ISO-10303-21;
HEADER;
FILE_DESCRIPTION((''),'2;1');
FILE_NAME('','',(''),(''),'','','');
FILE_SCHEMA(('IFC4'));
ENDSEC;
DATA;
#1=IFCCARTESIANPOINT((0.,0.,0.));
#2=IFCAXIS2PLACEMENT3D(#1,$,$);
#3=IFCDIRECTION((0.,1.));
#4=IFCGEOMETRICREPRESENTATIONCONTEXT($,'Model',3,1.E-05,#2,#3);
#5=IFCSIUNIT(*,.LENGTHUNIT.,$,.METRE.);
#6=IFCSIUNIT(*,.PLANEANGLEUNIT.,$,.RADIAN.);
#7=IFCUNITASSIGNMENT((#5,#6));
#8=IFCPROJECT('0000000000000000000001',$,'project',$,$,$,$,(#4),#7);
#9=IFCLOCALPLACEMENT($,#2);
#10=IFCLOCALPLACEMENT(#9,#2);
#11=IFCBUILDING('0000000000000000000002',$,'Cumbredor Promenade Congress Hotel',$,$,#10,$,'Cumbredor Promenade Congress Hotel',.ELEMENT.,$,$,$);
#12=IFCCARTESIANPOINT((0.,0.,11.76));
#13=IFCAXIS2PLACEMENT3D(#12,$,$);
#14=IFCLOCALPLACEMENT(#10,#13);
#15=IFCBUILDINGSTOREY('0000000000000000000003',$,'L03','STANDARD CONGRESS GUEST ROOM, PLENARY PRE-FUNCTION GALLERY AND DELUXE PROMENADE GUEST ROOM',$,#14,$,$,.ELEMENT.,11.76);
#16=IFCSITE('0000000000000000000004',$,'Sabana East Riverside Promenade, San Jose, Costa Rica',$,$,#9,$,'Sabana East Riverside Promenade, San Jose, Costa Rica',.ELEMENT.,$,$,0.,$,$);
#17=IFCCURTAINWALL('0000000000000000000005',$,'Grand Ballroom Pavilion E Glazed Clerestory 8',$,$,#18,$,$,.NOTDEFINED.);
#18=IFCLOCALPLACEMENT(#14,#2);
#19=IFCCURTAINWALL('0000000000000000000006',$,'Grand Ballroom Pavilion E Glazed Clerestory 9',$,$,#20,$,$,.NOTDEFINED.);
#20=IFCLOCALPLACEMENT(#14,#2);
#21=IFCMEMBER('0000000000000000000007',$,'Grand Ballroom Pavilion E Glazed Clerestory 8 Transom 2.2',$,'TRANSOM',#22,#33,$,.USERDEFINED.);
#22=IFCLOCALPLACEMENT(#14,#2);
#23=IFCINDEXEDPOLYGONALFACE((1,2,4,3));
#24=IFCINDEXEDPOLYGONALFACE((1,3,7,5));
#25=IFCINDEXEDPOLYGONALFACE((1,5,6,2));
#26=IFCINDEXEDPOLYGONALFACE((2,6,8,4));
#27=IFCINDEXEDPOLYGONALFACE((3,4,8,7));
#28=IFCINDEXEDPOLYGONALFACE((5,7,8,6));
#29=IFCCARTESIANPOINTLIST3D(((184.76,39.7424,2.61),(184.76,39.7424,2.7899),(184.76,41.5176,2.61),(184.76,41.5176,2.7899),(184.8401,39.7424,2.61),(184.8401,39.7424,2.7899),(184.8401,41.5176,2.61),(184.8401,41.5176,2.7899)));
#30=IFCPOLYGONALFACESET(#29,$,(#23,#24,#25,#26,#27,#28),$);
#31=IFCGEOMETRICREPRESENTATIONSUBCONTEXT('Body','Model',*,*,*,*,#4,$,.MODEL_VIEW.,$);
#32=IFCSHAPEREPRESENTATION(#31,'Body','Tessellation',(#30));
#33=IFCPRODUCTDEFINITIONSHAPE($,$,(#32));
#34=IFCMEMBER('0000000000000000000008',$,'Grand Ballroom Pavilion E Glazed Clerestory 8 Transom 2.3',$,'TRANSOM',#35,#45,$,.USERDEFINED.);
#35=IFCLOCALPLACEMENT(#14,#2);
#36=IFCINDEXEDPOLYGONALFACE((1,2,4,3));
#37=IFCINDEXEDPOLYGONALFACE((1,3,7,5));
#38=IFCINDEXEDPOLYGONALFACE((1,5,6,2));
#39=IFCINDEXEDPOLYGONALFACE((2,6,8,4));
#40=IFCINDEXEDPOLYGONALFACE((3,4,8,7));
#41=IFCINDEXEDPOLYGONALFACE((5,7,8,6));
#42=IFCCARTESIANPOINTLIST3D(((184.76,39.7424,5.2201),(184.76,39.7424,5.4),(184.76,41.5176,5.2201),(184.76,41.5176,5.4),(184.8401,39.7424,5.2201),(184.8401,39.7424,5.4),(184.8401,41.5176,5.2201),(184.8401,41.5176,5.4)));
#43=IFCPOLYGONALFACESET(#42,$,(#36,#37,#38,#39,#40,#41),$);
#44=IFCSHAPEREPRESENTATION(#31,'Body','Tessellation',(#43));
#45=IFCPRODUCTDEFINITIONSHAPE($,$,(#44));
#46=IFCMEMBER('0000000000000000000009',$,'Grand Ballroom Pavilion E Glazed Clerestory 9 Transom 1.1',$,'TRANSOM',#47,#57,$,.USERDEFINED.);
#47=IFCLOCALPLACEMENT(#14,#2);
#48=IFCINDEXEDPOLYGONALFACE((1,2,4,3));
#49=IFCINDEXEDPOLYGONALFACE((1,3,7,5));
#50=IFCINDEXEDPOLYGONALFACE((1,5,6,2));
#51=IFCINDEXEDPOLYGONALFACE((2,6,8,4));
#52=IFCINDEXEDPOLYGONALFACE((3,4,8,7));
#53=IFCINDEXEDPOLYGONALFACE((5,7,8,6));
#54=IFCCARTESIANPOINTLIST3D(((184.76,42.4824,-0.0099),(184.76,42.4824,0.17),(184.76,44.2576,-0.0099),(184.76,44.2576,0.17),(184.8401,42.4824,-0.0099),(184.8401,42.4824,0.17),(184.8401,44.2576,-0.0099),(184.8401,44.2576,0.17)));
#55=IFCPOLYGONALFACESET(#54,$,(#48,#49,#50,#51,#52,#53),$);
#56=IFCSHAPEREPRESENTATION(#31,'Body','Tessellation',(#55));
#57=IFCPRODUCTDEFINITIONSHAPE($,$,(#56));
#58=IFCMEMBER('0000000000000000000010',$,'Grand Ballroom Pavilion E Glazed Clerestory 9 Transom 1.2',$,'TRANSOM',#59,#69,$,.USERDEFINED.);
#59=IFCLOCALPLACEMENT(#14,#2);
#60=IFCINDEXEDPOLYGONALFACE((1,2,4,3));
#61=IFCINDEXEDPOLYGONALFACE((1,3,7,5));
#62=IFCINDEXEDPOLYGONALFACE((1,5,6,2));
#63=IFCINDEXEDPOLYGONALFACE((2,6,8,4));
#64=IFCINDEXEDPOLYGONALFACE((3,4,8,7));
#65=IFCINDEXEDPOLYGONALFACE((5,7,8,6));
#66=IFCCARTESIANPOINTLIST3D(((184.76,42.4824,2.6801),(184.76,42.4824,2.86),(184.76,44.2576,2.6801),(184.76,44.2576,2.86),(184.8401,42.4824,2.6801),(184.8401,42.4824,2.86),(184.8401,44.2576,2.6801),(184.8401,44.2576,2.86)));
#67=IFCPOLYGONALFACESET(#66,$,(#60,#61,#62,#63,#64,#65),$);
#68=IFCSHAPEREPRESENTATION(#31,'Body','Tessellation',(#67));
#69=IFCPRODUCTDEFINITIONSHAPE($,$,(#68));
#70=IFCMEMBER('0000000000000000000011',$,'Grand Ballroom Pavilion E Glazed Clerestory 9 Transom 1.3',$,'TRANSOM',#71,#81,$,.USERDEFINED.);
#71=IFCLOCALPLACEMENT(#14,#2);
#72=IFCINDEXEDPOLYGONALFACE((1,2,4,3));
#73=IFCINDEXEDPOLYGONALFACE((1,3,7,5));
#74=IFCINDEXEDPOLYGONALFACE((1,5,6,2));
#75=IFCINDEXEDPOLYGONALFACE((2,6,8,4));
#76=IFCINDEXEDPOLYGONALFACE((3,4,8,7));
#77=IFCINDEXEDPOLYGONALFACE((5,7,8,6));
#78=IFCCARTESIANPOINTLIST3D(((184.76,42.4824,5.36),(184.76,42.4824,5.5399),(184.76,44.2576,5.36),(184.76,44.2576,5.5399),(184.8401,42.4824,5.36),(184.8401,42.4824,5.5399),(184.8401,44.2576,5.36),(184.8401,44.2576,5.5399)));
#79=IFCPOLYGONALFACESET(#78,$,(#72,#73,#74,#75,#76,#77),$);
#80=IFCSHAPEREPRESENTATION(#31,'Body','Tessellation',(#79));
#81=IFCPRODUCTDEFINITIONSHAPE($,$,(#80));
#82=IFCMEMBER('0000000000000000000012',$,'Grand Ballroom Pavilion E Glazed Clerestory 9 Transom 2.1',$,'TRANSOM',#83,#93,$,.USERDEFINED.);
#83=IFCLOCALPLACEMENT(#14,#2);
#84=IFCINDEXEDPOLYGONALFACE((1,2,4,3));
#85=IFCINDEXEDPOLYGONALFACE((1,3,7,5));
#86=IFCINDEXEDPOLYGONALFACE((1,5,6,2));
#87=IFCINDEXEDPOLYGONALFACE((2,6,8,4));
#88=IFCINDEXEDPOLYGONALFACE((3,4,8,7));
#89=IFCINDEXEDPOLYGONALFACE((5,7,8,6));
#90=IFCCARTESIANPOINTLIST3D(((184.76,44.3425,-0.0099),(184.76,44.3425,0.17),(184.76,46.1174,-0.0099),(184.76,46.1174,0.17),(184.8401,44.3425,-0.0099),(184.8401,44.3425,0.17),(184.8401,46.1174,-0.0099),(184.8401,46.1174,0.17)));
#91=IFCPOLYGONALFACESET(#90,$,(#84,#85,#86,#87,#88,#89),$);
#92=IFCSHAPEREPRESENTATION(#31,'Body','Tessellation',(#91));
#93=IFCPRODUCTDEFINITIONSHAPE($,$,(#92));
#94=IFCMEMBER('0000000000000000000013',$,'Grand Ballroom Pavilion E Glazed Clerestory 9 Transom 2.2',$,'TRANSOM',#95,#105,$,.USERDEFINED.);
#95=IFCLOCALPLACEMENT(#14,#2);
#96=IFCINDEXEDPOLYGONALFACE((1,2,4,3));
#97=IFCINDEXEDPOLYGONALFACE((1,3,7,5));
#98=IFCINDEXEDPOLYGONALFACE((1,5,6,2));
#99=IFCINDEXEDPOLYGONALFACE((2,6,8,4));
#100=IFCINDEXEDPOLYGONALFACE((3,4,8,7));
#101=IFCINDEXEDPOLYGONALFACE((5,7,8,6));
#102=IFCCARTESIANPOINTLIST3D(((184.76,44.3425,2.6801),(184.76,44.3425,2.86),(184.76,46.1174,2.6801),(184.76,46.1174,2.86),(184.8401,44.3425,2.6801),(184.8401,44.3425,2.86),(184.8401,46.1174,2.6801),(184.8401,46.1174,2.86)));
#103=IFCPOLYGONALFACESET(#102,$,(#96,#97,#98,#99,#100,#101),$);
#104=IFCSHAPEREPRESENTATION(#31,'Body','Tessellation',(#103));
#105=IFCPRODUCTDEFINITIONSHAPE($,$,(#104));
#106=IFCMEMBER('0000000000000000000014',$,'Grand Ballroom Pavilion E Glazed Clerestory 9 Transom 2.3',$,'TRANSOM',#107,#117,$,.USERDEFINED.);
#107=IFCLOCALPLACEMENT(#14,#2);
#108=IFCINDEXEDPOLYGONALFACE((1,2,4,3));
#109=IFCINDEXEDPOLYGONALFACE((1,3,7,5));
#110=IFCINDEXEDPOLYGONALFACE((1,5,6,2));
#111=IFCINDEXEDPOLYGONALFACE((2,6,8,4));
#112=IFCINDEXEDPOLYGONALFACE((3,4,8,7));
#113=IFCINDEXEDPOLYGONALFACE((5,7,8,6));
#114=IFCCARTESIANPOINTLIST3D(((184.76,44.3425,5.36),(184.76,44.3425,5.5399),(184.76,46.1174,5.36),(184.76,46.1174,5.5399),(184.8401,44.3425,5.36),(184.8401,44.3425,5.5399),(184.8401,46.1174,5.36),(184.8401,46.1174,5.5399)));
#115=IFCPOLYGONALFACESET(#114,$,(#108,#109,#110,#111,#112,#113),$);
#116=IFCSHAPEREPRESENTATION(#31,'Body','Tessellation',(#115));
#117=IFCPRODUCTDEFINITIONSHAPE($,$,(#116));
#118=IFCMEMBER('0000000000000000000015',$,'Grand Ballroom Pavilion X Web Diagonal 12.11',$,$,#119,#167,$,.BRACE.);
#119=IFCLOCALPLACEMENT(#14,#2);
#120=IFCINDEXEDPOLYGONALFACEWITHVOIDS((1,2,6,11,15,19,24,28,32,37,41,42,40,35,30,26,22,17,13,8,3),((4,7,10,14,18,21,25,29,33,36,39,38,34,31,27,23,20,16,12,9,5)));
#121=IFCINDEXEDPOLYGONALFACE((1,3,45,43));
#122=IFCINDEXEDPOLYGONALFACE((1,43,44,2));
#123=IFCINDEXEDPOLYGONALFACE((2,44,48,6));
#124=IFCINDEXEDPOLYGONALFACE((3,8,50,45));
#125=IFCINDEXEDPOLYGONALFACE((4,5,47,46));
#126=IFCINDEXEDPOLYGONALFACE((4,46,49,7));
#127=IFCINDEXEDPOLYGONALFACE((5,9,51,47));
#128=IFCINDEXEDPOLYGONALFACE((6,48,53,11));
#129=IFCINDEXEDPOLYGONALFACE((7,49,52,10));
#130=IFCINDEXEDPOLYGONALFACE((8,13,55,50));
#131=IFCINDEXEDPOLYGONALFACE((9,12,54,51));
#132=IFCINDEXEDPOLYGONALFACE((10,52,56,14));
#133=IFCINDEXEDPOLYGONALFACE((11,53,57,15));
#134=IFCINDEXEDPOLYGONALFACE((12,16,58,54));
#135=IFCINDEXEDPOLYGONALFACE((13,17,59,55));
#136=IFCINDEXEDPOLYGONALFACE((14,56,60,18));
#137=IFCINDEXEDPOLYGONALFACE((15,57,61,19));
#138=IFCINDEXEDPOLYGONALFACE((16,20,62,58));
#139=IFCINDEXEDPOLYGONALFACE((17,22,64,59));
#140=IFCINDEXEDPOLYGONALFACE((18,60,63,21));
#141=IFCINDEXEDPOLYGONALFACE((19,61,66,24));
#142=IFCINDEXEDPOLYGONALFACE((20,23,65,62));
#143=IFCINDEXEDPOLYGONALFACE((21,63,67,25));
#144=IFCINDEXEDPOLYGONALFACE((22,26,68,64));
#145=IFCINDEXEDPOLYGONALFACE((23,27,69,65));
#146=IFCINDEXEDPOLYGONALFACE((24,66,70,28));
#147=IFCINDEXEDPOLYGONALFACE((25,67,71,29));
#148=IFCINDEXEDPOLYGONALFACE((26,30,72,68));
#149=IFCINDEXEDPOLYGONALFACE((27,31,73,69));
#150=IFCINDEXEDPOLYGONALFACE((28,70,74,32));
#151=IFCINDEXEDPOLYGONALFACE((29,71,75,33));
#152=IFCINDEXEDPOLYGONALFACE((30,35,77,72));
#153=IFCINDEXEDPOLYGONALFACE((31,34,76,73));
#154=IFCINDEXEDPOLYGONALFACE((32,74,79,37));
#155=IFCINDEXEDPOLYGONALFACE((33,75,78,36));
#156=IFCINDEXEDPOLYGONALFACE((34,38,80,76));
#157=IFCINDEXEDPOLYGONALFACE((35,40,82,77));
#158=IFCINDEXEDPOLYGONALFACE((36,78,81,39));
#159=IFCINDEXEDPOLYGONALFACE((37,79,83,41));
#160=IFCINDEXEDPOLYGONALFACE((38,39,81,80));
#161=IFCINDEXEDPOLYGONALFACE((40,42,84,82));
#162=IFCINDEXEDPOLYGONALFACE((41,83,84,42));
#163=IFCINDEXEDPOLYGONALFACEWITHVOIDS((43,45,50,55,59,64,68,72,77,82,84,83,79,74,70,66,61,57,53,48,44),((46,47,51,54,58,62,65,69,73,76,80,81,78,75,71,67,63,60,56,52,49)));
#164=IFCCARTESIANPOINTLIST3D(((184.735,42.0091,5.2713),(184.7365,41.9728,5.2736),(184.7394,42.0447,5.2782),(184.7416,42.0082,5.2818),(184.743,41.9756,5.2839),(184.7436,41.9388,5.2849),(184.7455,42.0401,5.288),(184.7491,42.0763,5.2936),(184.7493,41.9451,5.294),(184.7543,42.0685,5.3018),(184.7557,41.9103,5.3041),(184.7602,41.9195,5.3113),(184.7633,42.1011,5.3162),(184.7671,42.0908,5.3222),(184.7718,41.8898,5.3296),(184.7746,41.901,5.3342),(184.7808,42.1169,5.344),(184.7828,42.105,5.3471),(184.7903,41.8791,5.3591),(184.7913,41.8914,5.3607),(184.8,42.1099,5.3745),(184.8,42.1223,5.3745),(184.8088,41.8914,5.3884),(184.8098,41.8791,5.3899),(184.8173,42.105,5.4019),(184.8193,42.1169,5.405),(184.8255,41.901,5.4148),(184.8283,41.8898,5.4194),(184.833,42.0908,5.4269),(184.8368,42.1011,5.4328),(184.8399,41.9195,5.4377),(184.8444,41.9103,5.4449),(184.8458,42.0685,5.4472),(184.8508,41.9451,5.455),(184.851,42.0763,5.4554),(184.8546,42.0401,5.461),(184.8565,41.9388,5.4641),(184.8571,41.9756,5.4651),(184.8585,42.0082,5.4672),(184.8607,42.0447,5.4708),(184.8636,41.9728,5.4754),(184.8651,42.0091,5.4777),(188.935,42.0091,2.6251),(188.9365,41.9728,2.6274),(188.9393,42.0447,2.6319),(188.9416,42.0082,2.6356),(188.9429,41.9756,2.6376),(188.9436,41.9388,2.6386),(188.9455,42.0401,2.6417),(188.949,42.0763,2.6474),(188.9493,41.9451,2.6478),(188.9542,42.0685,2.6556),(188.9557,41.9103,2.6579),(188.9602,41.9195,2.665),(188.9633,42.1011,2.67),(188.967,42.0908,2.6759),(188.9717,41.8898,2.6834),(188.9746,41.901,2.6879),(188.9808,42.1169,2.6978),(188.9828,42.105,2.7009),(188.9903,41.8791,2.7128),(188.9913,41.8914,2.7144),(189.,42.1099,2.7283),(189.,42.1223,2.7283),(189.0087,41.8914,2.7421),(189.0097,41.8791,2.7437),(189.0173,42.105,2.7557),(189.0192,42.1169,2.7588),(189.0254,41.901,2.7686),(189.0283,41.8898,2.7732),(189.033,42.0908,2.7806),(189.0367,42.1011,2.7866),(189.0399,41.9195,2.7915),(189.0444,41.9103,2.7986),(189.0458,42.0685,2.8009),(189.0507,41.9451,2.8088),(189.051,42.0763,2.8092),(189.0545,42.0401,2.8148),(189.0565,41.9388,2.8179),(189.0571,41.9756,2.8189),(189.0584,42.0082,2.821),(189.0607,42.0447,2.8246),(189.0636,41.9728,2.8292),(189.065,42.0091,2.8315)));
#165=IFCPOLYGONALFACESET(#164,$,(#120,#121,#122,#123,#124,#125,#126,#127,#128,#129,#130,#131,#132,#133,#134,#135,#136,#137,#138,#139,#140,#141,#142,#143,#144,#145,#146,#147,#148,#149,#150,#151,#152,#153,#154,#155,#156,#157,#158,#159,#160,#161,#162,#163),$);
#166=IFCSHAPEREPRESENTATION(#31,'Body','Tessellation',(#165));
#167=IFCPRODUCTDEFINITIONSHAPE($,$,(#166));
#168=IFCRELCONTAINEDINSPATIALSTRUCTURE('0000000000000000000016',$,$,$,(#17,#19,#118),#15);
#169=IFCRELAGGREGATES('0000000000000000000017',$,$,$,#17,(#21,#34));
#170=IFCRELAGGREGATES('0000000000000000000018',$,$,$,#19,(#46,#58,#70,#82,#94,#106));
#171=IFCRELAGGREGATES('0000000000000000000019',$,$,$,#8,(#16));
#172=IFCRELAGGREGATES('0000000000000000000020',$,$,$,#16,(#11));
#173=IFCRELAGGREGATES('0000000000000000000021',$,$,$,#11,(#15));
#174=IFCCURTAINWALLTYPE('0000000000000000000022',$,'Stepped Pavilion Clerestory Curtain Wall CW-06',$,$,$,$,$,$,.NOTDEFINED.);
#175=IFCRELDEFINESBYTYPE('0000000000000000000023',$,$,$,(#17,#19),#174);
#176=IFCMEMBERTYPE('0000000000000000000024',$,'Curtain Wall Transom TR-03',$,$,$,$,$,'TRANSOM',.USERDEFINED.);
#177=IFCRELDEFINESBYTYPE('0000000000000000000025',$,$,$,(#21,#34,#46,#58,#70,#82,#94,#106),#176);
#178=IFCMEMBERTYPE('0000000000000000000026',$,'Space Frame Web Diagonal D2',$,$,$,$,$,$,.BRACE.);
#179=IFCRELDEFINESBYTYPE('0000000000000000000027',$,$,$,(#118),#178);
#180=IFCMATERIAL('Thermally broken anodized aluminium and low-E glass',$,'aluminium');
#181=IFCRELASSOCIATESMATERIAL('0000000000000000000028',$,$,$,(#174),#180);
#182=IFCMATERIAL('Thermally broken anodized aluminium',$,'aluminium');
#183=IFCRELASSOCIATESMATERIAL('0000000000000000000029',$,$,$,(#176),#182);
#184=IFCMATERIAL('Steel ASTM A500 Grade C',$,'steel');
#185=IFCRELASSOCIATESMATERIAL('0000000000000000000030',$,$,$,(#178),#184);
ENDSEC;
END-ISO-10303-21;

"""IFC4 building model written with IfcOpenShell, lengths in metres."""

from ifc_helpers import new_model, si_unit, direction, frame, origin, origin_2d, place, context, subcontext, project, spatial, rectangle, hollow_circle, extrude, material, material_profile, profile_set, type_object, element, aggregate, save


model = new_model("IFC4")

# Units and contexts
model_context = context("Model", 3, precision=1e-05, world=origin(), true_north=direction((0.0, 1.0)))
body_context = subcontext(model_context, "Body", "Model", "MODEL_VIEW")
ifc_project = project(units=[si_unit("LENGTHUNIT", "METRE"), si_unit("PLANEANGLEUNIT", "RADIAN")], contexts=[model_context])

# Site, building, storey
site_placement = place(None, origin())
site = spatial("IfcSite", under=ifc_project, at=site_placement, Name="Sabana East Riverside Promenade, San Jose, Costa Rica", LongName="Sabana East Riverside Promenade, San Jose, Costa Rica", CompositionType="ELEMENT", RefElevation=0.0)
building_placement = place(site_placement, origin())
building = spatial("IfcBuilding", under=site, at=building_placement, Name="Cumbredor Promenade Congress Hotel", LongName="Cumbredor Promenade Congress Hotel", CompositionType="ELEMENT")
storey_placement = place(building_placement, frame((0.0, 0.0, 11.76)))
storey = spatial("IfcBuildingStorey", under=building, at=storey_placement, Name="L03", Description="STANDARD CONGRESS GUEST ROOM, PLENARY PRE-FUNCTION GALLERY AND DELUXE PROMENADE GUEST ROOM", CompositionType="ELEMENT", Elevation=11.76)

# Shared definitions
ifc_material_1 = material(Name="Steel ASTM A500 Grade C", Category="steel")

# Curtain wall
ifc_material_2 = material(Name="Thermally broken anodized aluminium and low-E glass", Category="aluminium")
curtain_wall_type = type_object("IfcCurtainWallType", Name="Stepped Pavilion Clerestory Curtain Wall CW-06", PredefinedType="NOTDEFINED", material=ifc_material_2)
curtain_wall_1_placement = place(storey_placement, origin())
curtain_wall_1 = element("IfcCurtainWall", 1, at=curtain_wall_1_placement, inside=storey, type_object=curtain_wall_type, Name="Grand Ballroom Pavilion E Glazed Clerestory 8", PredefinedType="NOTDEFINED")
ifc_material_3 = material(Name="Thermally broken anodized aluminium", Category="aluminium")

# Curtain wall
curtain_wall_2_placement = place(storey_placement, origin())
curtain_wall_2 = element("IfcCurtainWall", 2, at=curtain_wall_2_placement, inside=storey, type_object=curtain_wall_type, Name="Grand Ballroom Pavilion E Glazed Clerestory 9", PredefinedType="NOTDEFINED")

# Members
ifc_material_profile_1 = material_profile(ifc_material_3, rectangle(XDim=0.0801, YDim=0.1799, at=origin_2d()), Name="ALU TRANSOM 80x180")
ifc_profile_set_1 = profile_set([ifc_material_profile_1], Name="Thermally broken anodized aluminium")
member_type_1 = type_object("IfcMemberType", Name="Curtain Wall Transom TR-03", ElementType="TRANSOM", PredefinedType="USERDEFINED", material=ifc_profile_set_1)
member_1_placement = place(storey_placement, frame((184.8, 39.7424, 2.7), z_axis=(0.0, 1.0, 0.0), x_axis=(-1.0, 0.0, 0.0)))
member_1 = element("IfcMember", 3, at=member_1_placement, type_object=member_type_1, Name="Grand Ballroom Pavilion E Glazed Clerestory 8 Transom 2.2", ObjectType="TRANSOM", PredefinedType="USERDEFINED", context=body_context, shape_type="SweptSolid", body=[
    extrude(rectangle(XDim=0.0801, YDim=0.1799, at=origin_2d()), origin(), (0.0, 0.0, 1.0), 1.7751),
])
member_2_placement = place(storey_placement, frame((184.8, 39.7424, 5.3101), z_axis=(0.0, 1.0, 0.0), x_axis=(-1.0, 0.0, 0.0)))
member_2 = element("IfcMember", 4, at=member_2_placement, type_object=member_type_1, Name="Grand Ballroom Pavilion E Glazed Clerestory 8 Transom 2.3", ObjectType="TRANSOM", PredefinedType="USERDEFINED", context=body_context, shape_type="SweptSolid", body=[
    extrude(rectangle(XDim=0.0801, YDim=0.1799, at=origin_2d()), origin(), (0.0, 0.0, 1.0), 1.7751),
])
member_3_placement = place(storey_placement, frame((184.8, 42.4824, 0.0801), z_axis=(0.0, 1.0, 0.0), x_axis=(-1.0, 0.0, 0.0)))
member_3 = element("IfcMember", 5, at=member_3_placement, type_object=member_type_1, Name="Grand Ballroom Pavilion E Glazed Clerestory 9 Transom 1.1", ObjectType="TRANSOM", PredefinedType="USERDEFINED", context=body_context, shape_type="SweptSolid", body=[
    extrude(rectangle(XDim=0.0801, YDim=0.1799, at=origin_2d()), origin(), (0.0, 0.0, 1.0), 1.7751),
])
member_4_placement = place(storey_placement, frame((184.8, 42.4824, 2.77), z_axis=(0.0, 1.0, 0.0), x_axis=(-1.0, 0.0, 0.0)))
member_4 = element("IfcMember", 6, at=member_4_placement, type_object=member_type_1, Name="Grand Ballroom Pavilion E Glazed Clerestory 9 Transom 1.2", ObjectType="TRANSOM", PredefinedType="USERDEFINED", context=body_context, shape_type="SweptSolid", body=[
    extrude(rectangle(XDim=0.0801, YDim=0.1799, at=origin_2d()), origin(), (0.0, 0.0, 1.0), 1.7751),
])
member_5_placement = place(storey_placement, frame((184.8, 42.4824, 5.45), z_axis=(0.0, 1.0, 0.0), x_axis=(-1.0, 0.0, 0.0)))
member_5 = element("IfcMember", 7, at=member_5_placement, type_object=member_type_1, Name="Grand Ballroom Pavilion E Glazed Clerestory 9 Transom 1.3", ObjectType="TRANSOM", PredefinedType="USERDEFINED", context=body_context, shape_type="SweptSolid", body=[
    extrude(rectangle(XDim=0.0801, YDim=0.1799, at=origin_2d()), origin(), (0.0, 0.0, 1.0), 1.7751),
])
member_6_placement = place(storey_placement, frame((184.8, 44.3425, 0.0801), z_axis=(0.0, 1.0, 0.0), x_axis=(-1.0, 0.0, 0.0)))
member_6 = element("IfcMember", 8, at=member_6_placement, type_object=member_type_1, Name="Grand Ballroom Pavilion E Glazed Clerestory 9 Transom 2.1", ObjectType="TRANSOM", PredefinedType="USERDEFINED", context=body_context, shape_type="SweptSolid", body=[
    extrude(rectangle(XDim=0.0801, YDim=0.1799, at=origin_2d()), origin(), (0.0, 0.0, 1.0), 1.7749),
])
member_7_placement = place(storey_placement, frame((184.8, 44.3425, 2.77), z_axis=(0.0, 1.0, 0.0), x_axis=(-1.0, 0.0, 0.0)))
member_7 = element("IfcMember", 9, at=member_7_placement, type_object=member_type_1, Name="Grand Ballroom Pavilion E Glazed Clerestory 9 Transom 2.2", ObjectType="TRANSOM", PredefinedType="USERDEFINED", context=body_context, shape_type="SweptSolid", body=[
    extrude(rectangle(XDim=0.0801, YDim=0.1799, at=origin_2d()), origin(), (0.0, 0.0, 1.0), 1.7749),
])
member_8_placement = place(storey_placement, frame((184.8, 44.3425, 5.45), z_axis=(0.0, 1.0, 0.0), x_axis=(-1.0, 0.0, 0.0)))
member_8 = element("IfcMember", 10, at=member_8_placement, type_object=member_type_1, Name="Grand Ballroom Pavilion E Glazed Clerestory 9 Transom 2.3", ObjectType="TRANSOM", PredefinedType="USERDEFINED", context=body_context, shape_type="SweptSolid", body=[
    extrude(rectangle(XDim=0.0801, YDim=0.1799, at=origin_2d()), origin(), (0.0, 0.0, 1.0), 1.7749),
])

# Member
ifc_material_profile_2 = material_profile(ifc_material_1, hollow_circle(Radius=0.1223, WallThickness=0.0125, at=origin_2d()), Name="CHS 244.5x12.5")
ifc_profile_set_2 = profile_set([ifc_material_profile_2], Name="Steel ASTM A500 Grade C")
member_type_2 = type_object("IfcMemberType", Name="Space Frame Web Diagonal D2", PredefinedType="BRACE", material=ifc_profile_set_2)
member_9_placement = place(storey_placement, frame((184.8, 42.0, 5.3745), z_axis=(0.846067, 0.0, -0.533077), x_axis=(0.0, 1.0, 0.0)))
element("IfcMember", 11, at=member_9_placement, inside=storey, type_object=member_type_2, Name="Grand Ballroom Pavilion X Web Diagonal 12.11", PredefinedType="BRACE", context=body_context, shape_type="SweptSolid", body=[
    extrude(hollow_circle(Radius=0.1223, WallThickness=0.0125, at=origin_2d()), origin(), (0.0, 0.0, 1.0), 4.9641),
])

aggregate(curtain_wall_1, [member_1, member_2])
aggregate(curtain_wall_2, [member_3, member_4, member_5, member_6, member_7, member_8])

save(model, "model.ifc")
